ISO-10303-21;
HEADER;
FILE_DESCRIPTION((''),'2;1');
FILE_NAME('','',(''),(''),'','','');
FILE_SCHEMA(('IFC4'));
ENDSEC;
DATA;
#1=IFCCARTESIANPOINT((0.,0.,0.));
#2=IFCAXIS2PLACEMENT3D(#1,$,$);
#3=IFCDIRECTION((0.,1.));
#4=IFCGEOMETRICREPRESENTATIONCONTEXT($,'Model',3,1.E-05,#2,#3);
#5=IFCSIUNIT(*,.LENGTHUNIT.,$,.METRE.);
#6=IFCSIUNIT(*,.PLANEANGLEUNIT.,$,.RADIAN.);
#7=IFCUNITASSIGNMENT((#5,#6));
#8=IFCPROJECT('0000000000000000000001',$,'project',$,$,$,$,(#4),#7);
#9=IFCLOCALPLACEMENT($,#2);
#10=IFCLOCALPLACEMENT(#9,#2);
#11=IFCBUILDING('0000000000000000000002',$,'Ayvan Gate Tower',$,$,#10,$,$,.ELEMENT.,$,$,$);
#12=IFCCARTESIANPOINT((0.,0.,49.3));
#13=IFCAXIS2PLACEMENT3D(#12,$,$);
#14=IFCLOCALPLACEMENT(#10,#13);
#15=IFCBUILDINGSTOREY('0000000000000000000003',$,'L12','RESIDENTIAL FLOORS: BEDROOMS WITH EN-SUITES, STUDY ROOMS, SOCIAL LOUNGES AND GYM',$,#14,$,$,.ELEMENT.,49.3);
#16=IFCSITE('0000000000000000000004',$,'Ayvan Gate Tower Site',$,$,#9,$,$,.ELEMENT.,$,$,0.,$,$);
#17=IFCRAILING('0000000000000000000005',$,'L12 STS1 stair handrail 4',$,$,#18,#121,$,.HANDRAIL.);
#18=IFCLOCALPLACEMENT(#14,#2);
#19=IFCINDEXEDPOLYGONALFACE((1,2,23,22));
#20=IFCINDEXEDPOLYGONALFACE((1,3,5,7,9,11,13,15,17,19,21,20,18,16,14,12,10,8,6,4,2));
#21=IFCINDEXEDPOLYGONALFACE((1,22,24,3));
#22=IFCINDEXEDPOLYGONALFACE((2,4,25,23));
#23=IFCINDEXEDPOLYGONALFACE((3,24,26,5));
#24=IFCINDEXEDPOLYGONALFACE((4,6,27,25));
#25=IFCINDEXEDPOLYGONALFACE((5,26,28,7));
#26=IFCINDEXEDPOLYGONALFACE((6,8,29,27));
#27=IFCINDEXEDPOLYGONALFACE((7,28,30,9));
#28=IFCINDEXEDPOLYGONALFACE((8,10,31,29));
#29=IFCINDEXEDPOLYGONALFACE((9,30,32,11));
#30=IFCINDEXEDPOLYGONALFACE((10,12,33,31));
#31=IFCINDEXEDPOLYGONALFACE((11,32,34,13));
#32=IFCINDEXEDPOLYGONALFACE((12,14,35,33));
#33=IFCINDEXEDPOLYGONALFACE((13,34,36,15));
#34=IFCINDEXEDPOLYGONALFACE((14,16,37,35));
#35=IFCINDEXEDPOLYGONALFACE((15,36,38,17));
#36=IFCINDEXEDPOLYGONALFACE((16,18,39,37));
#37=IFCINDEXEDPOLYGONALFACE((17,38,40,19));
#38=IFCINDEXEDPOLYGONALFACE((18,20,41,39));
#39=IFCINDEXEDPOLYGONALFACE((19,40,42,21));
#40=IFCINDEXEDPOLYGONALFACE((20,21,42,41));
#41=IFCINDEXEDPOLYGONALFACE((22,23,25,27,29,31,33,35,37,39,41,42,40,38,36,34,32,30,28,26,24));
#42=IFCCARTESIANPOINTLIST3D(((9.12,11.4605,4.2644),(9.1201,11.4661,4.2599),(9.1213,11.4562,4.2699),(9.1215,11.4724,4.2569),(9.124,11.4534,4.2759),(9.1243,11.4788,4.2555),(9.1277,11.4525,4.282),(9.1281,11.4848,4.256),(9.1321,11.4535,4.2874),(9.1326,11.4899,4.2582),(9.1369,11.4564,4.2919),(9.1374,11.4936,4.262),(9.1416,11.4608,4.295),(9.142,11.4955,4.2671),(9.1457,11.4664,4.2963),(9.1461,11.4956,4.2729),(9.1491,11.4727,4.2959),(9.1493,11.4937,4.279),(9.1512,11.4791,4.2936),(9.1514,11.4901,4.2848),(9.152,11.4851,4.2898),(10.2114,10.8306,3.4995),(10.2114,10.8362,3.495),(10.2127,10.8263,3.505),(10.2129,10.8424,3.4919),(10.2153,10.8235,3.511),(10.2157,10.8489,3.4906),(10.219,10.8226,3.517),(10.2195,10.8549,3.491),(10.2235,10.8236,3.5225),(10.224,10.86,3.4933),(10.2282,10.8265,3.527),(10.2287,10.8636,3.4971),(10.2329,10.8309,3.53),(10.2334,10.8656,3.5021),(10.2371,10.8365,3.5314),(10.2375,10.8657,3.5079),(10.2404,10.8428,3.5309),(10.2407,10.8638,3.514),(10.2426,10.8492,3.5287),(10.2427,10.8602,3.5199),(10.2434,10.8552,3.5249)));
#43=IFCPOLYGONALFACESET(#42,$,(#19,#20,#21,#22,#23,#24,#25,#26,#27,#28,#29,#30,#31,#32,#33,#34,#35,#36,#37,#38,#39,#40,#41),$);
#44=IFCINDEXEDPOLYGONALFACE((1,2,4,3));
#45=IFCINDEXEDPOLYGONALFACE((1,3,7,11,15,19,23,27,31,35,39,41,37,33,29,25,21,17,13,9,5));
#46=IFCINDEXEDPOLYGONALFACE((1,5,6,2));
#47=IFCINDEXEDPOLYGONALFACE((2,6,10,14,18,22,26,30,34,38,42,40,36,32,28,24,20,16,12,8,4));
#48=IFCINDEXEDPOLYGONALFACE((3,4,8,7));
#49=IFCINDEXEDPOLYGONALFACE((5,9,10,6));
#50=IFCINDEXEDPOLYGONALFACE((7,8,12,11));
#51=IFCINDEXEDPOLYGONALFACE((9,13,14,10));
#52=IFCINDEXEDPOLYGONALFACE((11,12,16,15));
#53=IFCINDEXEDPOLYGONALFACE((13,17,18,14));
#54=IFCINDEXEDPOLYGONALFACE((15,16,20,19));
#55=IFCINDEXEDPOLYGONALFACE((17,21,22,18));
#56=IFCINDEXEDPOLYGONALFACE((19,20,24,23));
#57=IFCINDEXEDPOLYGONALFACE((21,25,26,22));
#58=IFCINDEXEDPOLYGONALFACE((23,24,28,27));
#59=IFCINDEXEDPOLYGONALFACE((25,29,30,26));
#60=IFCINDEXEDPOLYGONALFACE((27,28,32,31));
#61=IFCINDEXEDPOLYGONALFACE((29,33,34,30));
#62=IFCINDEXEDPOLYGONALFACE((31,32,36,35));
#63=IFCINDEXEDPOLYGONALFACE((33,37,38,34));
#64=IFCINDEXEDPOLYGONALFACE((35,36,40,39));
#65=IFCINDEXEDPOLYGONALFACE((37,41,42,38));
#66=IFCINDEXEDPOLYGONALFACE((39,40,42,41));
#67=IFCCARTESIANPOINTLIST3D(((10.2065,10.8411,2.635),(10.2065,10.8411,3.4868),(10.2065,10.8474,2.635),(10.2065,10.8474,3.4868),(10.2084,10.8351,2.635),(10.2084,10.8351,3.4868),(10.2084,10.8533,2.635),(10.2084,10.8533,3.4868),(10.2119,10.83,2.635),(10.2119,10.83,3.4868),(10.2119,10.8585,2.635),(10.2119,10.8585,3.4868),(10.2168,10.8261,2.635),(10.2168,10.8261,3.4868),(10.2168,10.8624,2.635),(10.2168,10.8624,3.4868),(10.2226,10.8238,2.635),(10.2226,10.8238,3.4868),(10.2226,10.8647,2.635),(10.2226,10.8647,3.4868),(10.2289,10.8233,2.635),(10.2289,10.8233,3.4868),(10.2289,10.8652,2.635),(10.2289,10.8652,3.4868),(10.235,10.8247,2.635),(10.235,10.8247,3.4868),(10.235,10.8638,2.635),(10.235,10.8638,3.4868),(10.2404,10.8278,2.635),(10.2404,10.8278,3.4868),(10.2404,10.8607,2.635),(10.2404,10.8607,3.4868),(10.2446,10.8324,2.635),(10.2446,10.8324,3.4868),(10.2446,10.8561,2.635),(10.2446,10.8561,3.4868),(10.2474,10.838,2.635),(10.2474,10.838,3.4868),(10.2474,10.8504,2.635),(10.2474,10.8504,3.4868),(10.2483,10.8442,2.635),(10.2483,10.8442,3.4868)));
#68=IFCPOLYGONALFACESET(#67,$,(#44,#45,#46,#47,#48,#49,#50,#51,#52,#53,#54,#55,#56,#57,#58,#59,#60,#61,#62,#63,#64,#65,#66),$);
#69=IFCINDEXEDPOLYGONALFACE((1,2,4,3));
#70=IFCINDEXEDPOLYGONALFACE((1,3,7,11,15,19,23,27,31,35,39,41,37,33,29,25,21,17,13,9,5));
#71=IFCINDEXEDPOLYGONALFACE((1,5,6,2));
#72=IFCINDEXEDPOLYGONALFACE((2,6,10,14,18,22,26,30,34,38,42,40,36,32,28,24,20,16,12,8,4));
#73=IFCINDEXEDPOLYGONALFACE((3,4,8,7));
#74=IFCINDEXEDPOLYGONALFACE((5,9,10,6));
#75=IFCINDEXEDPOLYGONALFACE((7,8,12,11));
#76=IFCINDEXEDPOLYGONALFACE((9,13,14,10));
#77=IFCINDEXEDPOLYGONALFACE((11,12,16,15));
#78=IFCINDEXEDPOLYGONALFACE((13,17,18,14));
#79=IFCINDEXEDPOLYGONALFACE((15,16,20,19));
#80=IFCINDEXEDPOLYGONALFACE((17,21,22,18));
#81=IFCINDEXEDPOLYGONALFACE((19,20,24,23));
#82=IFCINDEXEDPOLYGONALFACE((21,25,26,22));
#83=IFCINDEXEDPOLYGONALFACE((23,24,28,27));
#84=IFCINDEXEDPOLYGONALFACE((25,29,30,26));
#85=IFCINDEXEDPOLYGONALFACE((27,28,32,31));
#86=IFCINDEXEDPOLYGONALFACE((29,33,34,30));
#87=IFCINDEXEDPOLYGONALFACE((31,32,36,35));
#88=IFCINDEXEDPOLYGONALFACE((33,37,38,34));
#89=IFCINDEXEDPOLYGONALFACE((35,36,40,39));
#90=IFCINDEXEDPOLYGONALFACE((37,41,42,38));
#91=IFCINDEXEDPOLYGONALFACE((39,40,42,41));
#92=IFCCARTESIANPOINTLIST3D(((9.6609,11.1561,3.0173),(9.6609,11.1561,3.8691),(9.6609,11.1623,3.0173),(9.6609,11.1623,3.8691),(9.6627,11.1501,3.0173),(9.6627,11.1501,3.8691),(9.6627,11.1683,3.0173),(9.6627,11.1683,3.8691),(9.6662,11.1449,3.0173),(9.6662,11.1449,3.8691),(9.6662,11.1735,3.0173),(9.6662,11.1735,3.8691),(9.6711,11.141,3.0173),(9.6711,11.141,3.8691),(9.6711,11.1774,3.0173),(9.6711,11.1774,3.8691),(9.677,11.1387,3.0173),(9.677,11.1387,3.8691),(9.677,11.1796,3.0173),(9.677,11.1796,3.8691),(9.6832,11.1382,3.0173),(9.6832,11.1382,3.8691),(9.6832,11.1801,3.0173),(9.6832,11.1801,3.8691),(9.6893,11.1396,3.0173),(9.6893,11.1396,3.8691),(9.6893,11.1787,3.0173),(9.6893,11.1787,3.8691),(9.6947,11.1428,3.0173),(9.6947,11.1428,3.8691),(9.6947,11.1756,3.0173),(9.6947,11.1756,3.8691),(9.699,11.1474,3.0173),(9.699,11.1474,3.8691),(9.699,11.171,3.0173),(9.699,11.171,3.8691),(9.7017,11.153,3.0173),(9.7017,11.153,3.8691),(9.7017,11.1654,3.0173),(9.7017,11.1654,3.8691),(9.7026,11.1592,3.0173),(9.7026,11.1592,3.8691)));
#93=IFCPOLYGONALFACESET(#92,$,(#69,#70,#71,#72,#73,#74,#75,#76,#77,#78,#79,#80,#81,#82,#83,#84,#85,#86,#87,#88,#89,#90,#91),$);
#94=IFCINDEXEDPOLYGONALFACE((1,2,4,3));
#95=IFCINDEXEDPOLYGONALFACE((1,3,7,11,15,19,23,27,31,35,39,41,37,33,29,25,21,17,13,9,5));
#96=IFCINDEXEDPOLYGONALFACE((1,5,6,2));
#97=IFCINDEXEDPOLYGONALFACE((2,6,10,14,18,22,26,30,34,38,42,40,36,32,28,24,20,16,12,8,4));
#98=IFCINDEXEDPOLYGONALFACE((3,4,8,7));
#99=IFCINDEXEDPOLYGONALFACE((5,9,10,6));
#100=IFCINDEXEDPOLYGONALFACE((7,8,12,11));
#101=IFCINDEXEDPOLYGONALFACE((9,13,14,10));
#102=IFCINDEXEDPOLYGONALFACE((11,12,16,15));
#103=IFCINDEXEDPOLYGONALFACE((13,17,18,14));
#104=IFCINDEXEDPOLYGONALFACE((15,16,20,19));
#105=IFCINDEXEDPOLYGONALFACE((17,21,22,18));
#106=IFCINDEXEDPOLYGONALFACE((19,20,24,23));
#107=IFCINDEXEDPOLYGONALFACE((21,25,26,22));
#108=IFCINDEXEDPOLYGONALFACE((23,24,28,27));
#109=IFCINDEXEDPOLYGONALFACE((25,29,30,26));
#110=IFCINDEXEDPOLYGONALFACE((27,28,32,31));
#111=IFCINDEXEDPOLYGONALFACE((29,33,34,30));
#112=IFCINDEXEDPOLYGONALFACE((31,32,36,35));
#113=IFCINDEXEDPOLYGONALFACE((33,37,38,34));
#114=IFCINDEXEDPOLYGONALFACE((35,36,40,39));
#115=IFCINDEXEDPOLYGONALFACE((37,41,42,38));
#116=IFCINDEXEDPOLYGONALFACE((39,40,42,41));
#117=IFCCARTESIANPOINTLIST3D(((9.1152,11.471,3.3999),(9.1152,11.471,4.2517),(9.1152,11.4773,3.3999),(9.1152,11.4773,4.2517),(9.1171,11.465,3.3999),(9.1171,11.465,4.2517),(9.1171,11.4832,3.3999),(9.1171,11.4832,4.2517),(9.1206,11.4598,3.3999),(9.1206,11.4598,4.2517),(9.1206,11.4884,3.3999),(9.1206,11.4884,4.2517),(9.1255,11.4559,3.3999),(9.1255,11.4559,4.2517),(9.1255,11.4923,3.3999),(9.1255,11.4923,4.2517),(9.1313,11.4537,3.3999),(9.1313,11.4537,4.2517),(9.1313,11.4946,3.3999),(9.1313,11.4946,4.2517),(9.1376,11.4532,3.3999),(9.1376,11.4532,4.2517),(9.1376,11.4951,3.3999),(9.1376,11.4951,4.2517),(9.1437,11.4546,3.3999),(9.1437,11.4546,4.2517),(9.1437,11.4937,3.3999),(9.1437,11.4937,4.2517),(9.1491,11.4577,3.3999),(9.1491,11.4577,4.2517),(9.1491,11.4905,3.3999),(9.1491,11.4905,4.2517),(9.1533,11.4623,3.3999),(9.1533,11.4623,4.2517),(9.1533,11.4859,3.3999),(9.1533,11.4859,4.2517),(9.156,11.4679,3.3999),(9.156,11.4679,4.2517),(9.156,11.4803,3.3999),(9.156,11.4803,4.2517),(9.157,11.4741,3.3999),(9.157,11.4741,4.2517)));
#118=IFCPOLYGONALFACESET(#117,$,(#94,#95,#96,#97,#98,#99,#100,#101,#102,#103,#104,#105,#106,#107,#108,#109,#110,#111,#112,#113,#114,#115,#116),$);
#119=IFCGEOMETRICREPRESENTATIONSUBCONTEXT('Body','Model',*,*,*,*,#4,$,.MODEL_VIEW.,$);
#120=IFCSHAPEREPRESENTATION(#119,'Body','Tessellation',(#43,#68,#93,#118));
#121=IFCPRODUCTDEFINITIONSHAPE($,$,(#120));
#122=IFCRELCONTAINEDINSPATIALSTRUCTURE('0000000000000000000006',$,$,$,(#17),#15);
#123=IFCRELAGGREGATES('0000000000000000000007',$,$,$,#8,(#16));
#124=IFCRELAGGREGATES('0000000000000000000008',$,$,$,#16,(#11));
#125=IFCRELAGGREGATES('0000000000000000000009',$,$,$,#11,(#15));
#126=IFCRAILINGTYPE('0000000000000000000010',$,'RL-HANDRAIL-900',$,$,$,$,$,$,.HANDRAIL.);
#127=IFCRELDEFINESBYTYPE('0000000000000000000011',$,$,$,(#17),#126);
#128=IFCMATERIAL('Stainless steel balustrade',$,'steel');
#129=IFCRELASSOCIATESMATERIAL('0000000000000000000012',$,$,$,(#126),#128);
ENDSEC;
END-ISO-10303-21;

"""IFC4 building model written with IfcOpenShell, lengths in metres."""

from ifc_helpers import new_model, si_unit, direction, frame, origin, origin_2d, place, context, subcontext, project, spatial, circle, extrude, material, type_object, element, save


model = new_model("IFC4")

# Units and contexts
model_context = context("Model", 3, precision=1e-05, world=origin(), true_north=direction((0.0, 1.0)))
body_context = subcontext(model_context, "Body", "Model", "MODEL_VIEW")
ifc_project = project(units=[si_unit("LENGTHUNIT", "METRE"), si_unit("PLANEANGLEUNIT", "RADIAN")], contexts=[model_context])

# Site, building, storey
site_placement = place(None, origin())
site = spatial("IfcSite", under=ifc_project, at=site_placement, Name="Ayvan Gate Tower Site", CompositionType="ELEMENT", RefElevation=0.0)
building_placement = place(site_placement, origin())
building = spatial("IfcBuilding", under=site, at=building_placement, Name="Ayvan Gate Tower", CompositionType="ELEMENT")
storey_placement = place(building_placement, frame((0.0, 0.0, 49.3)))
storey = spatial("IfcBuildingStorey", under=building, at=storey_placement, Name="L12", Description="RESIDENTIAL FLOORS: BEDROOMS WITH EN-SUITES, STUDY ROOMS, SOCIAL LOUNGES AND GYM", CompositionType="ELEMENT", Elevation=49.3)

# Railing
ifc_material_1 = material(Name="Stainless steel balustrade", Category="steel")
railing_type_1 = type_object("IfcRailingType", Name="RL-HANDRAIL-900", PredefinedType="HANDRAIL", material=ifc_material_1)
railing_1_placement = place(storey_placement, frame((10.2273, 10.8442, 2.635)))
element("IfcRailing", 1, at=railing_1_placement, inside=storey, type_object=railing_type_1, Name="L12 STS1 stair handrail 4", PredefinedType="HANDRAIL", context=body_context, shape_type="SweptSolid", body=[
    extrude(circle(Radius=0.0239, at=origin_2d()), frame((0.0, 0.0, 0.876), z_axis=(-0.740357, 0.42732, 0.518912), x_axis=(-0.49989, -0.866089, 0.0)), (0.0, 0.0, 1.0), 1.4741),
    extrude(circle(Radius=0.021, at=origin_2d()), origin(), (0.0, 0.0, 1.0), 0.8518),
    extrude(circle(Radius=0.021, at=origin_2d()), frame((-0.5457, 0.3149, 0.3823)), (0.0, 0.0, 1.0), 0.8518),
    extrude(circle(Radius=0.021, at=origin_2d()), frame((-1.0913, 0.6299, 0.7649)), (0.0, 0.0, 1.0), 0.8518),
])

save(model, "model.ifc")
